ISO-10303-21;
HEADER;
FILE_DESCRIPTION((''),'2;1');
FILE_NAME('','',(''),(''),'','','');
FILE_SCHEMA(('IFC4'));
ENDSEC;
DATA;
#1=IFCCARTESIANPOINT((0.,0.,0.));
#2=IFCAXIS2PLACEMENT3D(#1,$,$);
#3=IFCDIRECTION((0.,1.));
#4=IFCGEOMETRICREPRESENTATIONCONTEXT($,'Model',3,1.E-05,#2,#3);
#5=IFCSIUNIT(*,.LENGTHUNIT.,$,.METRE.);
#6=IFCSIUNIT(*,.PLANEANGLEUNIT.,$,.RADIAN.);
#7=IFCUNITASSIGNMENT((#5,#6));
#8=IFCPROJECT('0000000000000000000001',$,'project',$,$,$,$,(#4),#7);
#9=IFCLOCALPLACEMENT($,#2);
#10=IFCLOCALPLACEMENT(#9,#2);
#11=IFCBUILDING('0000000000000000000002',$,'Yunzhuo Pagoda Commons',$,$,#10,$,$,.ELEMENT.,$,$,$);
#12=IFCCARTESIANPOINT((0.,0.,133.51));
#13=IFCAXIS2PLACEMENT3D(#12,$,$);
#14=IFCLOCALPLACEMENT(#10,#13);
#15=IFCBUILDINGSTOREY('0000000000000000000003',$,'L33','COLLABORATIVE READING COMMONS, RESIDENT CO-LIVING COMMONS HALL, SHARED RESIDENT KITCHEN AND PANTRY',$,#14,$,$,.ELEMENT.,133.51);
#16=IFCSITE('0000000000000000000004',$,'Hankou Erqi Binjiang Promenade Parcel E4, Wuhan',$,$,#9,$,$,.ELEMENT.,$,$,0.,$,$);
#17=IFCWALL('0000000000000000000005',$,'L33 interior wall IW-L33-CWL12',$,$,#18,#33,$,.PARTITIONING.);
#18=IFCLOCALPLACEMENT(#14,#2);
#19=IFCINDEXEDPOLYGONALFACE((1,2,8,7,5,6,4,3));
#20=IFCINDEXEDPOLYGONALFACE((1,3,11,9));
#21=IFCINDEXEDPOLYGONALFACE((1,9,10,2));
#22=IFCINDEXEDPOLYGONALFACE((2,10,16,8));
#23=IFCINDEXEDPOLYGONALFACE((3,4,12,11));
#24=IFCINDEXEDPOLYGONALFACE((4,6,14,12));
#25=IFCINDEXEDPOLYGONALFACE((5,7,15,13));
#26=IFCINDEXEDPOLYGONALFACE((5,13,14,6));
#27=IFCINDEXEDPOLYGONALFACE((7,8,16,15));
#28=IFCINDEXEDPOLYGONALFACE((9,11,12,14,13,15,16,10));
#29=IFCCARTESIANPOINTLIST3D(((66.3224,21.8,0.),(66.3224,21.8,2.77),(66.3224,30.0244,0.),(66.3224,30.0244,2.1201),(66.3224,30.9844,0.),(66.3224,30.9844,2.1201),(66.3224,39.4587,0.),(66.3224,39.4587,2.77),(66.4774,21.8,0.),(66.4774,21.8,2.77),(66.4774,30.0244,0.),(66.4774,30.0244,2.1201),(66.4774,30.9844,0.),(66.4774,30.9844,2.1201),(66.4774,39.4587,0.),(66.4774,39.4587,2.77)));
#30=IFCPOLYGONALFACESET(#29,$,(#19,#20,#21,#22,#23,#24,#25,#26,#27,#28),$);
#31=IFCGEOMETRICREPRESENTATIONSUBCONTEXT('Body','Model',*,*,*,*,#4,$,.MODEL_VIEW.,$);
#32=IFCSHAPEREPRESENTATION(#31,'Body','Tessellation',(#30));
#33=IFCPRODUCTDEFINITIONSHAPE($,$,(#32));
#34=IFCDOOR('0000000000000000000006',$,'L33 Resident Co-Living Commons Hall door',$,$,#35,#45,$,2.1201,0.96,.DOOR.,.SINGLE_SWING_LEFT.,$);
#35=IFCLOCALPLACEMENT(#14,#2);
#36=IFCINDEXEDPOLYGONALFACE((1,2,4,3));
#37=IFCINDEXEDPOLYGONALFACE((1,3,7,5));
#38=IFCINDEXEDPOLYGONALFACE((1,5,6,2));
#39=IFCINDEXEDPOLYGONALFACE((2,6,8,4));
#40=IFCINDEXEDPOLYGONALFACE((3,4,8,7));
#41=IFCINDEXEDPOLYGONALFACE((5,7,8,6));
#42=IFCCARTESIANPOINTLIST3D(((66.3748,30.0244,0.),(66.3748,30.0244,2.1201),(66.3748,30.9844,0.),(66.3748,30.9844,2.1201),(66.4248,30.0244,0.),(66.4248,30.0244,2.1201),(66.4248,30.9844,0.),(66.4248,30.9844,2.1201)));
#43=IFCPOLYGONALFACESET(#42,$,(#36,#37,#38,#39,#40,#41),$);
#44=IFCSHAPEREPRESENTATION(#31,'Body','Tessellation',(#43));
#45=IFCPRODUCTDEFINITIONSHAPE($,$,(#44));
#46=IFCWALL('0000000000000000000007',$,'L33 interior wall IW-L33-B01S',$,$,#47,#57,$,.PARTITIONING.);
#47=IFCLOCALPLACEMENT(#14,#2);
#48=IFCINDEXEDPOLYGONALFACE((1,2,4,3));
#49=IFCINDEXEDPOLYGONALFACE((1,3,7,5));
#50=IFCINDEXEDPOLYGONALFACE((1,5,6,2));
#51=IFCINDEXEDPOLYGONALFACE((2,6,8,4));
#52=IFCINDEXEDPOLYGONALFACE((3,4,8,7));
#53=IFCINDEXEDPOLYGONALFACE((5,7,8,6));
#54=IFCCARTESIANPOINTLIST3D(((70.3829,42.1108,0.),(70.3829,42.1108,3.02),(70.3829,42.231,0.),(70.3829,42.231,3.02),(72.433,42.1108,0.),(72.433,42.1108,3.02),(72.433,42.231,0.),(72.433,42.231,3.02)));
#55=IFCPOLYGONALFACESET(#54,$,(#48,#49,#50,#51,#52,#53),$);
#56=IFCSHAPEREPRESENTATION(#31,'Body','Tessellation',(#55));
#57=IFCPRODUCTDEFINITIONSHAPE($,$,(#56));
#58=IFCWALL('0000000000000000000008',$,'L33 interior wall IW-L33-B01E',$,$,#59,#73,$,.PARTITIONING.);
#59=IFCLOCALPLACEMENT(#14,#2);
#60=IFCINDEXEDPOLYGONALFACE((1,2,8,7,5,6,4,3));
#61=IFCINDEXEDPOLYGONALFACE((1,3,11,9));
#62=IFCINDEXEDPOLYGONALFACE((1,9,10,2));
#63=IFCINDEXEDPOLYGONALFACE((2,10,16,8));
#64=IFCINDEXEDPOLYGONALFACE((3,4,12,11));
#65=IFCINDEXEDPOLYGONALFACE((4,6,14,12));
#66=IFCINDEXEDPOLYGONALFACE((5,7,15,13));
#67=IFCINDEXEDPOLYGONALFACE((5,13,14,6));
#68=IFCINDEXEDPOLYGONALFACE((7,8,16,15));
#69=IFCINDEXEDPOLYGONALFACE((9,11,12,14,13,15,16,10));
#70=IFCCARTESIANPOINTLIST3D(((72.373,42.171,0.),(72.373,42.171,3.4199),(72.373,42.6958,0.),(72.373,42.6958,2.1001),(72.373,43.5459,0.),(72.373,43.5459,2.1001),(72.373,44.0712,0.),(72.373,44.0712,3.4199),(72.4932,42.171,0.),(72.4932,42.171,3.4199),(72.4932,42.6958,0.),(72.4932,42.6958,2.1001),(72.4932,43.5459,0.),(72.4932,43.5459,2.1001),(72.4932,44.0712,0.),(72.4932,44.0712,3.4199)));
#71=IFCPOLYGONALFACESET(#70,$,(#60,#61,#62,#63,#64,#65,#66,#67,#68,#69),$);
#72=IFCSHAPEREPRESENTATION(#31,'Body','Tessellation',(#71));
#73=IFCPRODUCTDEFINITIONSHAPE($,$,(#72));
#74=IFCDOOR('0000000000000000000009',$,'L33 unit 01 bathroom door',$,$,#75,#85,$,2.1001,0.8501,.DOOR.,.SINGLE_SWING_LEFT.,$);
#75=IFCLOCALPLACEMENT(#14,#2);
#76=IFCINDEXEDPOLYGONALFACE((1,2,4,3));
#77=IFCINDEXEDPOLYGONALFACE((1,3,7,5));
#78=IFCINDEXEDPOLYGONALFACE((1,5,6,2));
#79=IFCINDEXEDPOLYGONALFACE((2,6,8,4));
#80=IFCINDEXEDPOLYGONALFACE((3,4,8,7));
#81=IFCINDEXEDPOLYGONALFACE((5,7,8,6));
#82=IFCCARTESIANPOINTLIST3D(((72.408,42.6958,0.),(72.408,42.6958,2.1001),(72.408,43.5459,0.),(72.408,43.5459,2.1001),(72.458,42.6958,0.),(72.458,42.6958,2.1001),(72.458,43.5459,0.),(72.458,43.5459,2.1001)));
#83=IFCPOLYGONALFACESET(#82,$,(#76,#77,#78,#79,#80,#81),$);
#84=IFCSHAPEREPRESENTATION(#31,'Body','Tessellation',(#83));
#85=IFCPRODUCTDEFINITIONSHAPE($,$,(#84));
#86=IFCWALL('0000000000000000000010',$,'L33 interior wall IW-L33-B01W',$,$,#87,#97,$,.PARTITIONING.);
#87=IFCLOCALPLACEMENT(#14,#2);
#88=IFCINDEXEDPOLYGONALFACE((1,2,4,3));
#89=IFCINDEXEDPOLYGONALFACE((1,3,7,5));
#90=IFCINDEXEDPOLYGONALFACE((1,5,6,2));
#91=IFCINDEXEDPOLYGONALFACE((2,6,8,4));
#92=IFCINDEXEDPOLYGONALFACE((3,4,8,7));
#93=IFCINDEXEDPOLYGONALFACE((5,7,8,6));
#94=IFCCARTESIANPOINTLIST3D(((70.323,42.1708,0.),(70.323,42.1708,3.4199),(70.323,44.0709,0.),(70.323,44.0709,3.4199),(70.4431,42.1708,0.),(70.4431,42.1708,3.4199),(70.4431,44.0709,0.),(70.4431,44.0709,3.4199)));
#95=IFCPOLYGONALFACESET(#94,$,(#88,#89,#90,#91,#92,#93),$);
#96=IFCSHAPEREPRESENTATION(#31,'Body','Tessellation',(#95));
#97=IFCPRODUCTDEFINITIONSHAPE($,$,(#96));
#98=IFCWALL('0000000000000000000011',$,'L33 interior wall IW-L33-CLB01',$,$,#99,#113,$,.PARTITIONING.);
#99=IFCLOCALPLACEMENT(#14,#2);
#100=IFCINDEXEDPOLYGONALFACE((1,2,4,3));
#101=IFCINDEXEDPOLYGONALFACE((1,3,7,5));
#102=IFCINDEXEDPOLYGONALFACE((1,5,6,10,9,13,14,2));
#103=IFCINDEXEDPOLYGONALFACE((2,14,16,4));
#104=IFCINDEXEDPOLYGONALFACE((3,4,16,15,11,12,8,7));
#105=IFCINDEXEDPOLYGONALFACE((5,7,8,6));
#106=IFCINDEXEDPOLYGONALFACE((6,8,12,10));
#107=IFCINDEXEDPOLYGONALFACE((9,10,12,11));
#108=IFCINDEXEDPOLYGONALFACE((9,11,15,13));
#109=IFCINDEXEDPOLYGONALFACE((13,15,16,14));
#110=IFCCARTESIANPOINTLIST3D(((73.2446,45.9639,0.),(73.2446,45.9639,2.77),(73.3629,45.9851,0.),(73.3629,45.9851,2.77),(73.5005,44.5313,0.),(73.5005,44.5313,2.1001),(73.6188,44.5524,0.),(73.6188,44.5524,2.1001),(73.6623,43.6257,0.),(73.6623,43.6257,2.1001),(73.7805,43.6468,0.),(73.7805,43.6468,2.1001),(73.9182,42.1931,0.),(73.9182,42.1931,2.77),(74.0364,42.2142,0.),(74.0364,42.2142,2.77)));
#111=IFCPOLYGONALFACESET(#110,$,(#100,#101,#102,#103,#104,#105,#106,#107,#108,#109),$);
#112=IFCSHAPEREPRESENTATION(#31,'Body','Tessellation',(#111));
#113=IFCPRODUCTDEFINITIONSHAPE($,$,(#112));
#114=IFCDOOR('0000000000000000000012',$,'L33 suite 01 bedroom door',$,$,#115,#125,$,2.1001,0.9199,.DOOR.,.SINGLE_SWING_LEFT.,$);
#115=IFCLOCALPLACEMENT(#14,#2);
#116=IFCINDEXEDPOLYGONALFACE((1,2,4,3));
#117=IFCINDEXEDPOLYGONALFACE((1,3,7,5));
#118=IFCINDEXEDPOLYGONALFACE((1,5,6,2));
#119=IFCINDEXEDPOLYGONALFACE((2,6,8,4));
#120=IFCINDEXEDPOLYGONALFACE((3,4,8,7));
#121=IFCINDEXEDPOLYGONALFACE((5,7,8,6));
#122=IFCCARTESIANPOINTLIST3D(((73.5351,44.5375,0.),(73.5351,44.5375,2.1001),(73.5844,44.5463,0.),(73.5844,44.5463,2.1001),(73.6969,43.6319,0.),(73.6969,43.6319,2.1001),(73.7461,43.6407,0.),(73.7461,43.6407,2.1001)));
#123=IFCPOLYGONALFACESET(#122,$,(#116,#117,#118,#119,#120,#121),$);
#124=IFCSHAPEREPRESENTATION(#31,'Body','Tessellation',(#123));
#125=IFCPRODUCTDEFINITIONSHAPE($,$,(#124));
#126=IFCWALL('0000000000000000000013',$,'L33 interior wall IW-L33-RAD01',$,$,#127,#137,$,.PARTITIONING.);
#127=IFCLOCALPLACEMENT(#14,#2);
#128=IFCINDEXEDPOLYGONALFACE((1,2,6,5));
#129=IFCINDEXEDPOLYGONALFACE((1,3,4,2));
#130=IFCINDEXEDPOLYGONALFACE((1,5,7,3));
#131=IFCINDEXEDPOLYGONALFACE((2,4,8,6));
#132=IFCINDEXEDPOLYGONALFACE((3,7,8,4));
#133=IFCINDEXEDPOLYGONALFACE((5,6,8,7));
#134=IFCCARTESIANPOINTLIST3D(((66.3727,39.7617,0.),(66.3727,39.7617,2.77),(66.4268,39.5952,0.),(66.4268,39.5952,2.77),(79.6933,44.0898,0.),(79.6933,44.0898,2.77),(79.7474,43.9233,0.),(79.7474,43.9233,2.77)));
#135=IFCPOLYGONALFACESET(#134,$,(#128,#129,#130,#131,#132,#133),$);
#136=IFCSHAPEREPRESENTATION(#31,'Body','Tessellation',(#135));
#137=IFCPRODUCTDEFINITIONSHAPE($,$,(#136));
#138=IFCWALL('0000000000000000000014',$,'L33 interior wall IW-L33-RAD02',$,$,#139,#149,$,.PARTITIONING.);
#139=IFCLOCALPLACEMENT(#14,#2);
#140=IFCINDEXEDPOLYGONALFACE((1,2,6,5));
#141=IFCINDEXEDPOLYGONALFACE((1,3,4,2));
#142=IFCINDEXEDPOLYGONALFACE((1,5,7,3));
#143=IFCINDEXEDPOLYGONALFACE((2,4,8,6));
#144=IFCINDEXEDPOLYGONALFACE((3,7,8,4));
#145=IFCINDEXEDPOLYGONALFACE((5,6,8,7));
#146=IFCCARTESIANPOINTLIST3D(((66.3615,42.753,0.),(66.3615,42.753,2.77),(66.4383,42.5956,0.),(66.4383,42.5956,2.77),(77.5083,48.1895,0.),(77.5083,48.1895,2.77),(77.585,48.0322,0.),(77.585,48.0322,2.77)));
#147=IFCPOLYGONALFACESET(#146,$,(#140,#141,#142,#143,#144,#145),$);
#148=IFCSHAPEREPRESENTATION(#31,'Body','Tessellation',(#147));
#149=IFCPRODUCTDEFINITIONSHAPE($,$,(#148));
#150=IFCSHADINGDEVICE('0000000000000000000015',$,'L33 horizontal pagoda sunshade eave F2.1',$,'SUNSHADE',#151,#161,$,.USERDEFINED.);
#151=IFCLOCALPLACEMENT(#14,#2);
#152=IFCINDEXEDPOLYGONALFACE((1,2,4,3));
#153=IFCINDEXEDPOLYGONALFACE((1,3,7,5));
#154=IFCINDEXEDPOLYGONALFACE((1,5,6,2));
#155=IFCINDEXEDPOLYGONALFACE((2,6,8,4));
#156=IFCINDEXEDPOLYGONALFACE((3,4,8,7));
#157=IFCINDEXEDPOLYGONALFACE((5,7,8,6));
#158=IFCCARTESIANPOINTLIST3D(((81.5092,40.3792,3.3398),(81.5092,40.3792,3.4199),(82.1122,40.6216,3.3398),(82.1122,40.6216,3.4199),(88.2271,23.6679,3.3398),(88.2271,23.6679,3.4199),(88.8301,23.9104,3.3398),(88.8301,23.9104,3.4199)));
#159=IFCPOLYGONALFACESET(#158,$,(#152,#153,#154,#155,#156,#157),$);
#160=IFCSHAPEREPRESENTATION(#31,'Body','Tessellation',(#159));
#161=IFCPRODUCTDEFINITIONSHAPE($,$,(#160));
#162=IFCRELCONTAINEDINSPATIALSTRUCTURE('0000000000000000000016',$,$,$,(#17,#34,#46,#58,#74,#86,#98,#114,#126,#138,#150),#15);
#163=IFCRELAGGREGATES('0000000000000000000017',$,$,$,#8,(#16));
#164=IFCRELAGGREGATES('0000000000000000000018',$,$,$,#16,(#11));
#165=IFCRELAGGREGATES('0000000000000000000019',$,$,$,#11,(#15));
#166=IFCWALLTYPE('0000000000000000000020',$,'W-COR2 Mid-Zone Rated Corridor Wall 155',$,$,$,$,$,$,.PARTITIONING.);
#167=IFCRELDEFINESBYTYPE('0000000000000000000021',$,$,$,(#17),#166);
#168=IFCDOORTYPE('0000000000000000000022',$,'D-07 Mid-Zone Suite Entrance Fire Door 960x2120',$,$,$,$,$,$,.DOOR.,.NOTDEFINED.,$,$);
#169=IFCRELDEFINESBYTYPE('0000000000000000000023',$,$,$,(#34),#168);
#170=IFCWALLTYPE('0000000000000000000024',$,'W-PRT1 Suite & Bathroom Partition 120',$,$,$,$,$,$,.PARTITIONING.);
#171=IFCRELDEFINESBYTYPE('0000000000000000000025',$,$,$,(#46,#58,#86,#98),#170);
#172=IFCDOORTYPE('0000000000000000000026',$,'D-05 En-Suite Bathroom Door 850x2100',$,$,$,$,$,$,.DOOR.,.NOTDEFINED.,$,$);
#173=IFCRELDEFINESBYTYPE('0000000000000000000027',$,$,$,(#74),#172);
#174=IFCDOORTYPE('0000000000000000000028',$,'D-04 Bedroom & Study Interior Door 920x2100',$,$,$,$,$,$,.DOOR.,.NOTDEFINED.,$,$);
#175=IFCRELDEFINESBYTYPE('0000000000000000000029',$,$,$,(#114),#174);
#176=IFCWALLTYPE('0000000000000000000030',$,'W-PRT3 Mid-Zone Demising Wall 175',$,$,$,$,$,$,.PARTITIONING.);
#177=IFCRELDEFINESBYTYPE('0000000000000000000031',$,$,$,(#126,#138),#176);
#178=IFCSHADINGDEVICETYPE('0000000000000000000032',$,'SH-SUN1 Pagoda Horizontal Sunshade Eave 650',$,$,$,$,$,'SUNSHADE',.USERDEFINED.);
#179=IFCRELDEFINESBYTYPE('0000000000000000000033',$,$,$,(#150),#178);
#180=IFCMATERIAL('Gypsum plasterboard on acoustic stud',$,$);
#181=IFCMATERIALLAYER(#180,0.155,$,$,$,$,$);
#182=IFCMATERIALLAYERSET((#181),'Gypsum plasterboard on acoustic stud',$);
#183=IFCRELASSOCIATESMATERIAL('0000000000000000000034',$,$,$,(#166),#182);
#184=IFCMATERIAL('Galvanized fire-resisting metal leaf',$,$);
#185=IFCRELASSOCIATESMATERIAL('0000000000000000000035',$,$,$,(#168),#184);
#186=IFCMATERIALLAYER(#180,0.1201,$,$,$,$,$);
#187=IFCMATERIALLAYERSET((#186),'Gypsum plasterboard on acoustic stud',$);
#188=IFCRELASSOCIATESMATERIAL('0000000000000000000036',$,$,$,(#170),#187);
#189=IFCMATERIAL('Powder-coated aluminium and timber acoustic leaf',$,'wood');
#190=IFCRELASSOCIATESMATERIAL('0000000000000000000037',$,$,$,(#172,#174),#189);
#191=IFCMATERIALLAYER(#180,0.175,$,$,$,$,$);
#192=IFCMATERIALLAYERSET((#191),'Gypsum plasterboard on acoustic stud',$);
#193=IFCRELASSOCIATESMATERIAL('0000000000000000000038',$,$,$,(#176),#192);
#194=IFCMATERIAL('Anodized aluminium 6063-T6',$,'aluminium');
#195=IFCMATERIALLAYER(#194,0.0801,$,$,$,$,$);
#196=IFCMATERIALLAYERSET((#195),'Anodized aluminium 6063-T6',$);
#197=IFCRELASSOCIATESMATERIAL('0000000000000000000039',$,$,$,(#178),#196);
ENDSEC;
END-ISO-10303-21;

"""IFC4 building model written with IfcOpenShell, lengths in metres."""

from ifc_helpers import new_model, si_unit, direction, frame, frame_2d, origin, origin_with_axes, origin_2d, place, context, subcontext, project, spatial, rectangle, extrude, source, transform, mapped, material, layer, layer_set, type_object, element, fill, save


model = new_model("IFC4")

# Units and contexts
model_context = context("Model", 3, precision=1e-05, world=origin(), true_north=direction((0.0, 1.0)))
body_context = subcontext(model_context, "Body", "Model", "MODEL_VIEW")
ifc_project = project(units=[si_unit("LENGTHUNIT", "METRE"), si_unit("PLANEANGLEUNIT", "RADIAN")], contexts=[model_context])

# Site, building, storey
site_placement = place(None, origin())
site = spatial("IfcSite", under=ifc_project, at=site_placement, Name="Hankou Erqi Binjiang Promenade Parcel E4, Wuhan", CompositionType="ELEMENT", RefElevation=0.0)
building_placement = place(site_placement, origin())
building = spatial("IfcBuilding", under=site, at=building_placement, Name="Yunzhuo Pagoda Commons", CompositionType="ELEMENT")
storey_placement = place(building_placement, frame((0.0, 0.0, 133.51)))
storey = spatial("IfcBuildingStorey", under=building, at=storey_placement, Name="L33", Description="COLLABORATIVE READING COMMONS, RESIDENT CO-LIVING COMMONS HALL, SHARED RESIDENT KITCHEN AND PANTRY", CompositionType="ELEMENT", Elevation=133.51)

# Shared definitions
ifc_material_1 = material(Name="Anodized aluminium 6063-T6", Category="aluminium")

# Shared definitions
ifc_material_2 = material(Name="Gypsum plasterboard on acoustic stud")
ifc_layer_1 = layer(ifc_material_2, 0.155)
ifc_layer_set_1 = layer_set([ifc_layer_1], Name="Gypsum plasterboard on acoustic stud")
wall_type_1 = type_object("IfcWallType", Name="W-COR2 Mid-Zone Rated Corridor Wall 155", PredefinedType="PARTITIONING", material=ifc_layer_set_1)

# Wall, opening, door
ifc_material_3 = material(Name="Galvanized fire-resisting metal leaf")
door_type_1 = type_object("IfcDoorType", Name="D-07 Mid-Zone Suite Entrance Fire Door 960x2120", OperationType="NOTDEFINED", PredefinedType="DOOR", material=ifc_material_3)
shared_shape_1 = source(origin(), body_context, "Body", "SweptSolid", [
    extrude(rectangle(XDim=0.96, YDim=2.1201, at=frame_2d((0.48, 1.0601))), frame((0.0, 0.0249, 0.0), z_axis=(0.0, -1.0, 0.0), x_axis=(1.0, 0.0, 0.0)), (0.0, 0.0, 1.0), 0.05),
])
wall_1_placement = place(storey_placement, frame((66.3999, 39.4587, 0.0), z_axis=(0.0, 0.0, 1.0), x_axis=(0.0, -1.0, 0.0)))
wall_1 = element("IfcWall", 1, at=wall_1_placement, inside=storey, type_object=wall_type_1, Name="L33 interior wall IW-L33-CWL12", PredefinedType="PARTITIONING", context=body_context, shape_type="SweptSolid", body=[
    extrude(rectangle(XDim=17.6587, YDim=0.155, at=frame_2d((8.8293, 0.0))), origin(), (0.0, 0.0, 1.0), 2.77),
])
opening_1_placement = place(wall_1_placement, frame((8.4744, 0.0, 0.0)))
opening_1 = element("IfcOpeningElement", 2, at=opening_1_placement, cuts=wall_1, PredefinedType="OPENING", context=body_context, shape_type="SweptSolid", body=[
    extrude(rectangle(XDim=0.96, YDim=2.1201, at=frame_2d((0.48, 1.0601))), frame((0.0, 0.0874, 0.0), z_axis=(0.0, -1.0, 0.0), x_axis=(1.0, 0.0, 0.0)), (0.0, 0.0, 1.0), 0.175),
])
door_1_placement = place(opening_1_placement, origin_with_axes())
door_1 = element("IfcDoor", 3, at=door_1_placement, inside=storey, type_object=door_type_1, Name="L33 Resident Co-Living Commons Hall door", OperationType="SINGLE_SWING_LEFT", OverallHeight=2.1201, OverallWidth=0.96, PredefinedType="DOOR", context=body_context, shape_type="MappedRepresentation", body=[
    mapped(shared_shape_1, transform((0.0, 0.0, 0.0), scale=1.0)),
])
fill(opening_1, door_1)

# Wall
ifc_layer_2 = layer(ifc_material_2, 0.1201)
ifc_layer_set_2 = layer_set([ifc_layer_2], Name="Gypsum plasterboard on acoustic stud")
wall_type_2 = type_object("IfcWallType", Name="W-PRT1 Suite & Bathroom Partition 120", PredefinedType="PARTITIONING", material=ifc_layer_set_2)
wall_2_placement = place(storey_placement, frame((70.3831, 42.1709, 0.0), z_axis=(0.0, 0.0, 1.0), x_axis=(1.0, 0.0, 0.0)))
element("IfcWall", 4, at=wall_2_placement, inside=storey, type_object=wall_type_2, Name="L33 interior wall IW-L33-B01S", PredefinedType="PARTITIONING", context=body_context, shape_type="SweptSolid", body=[
    extrude(rectangle(XDim=2.05, YDim=0.1201, at=frame_2d((1.0249, 0.0))), origin(), (0.0, 0.0, 1.0), 3.02),
])

# Wall, opening, door
wall_3_placement = place(storey_placement, frame((72.4331, 42.1709, 0.0), z_axis=(0.0, 0.0, 1.0), x_axis=(0.0, 1.0, 0.0)))
wall_3 = element("IfcWall", 5, at=wall_3_placement, inside=storey, type_object=wall_type_2, Name="L33 interior wall IW-L33-B01E", PredefinedType="PARTITIONING", context=body_context, shape_type="SweptSolid", body=[
    extrude(rectangle(XDim=1.9001, YDim=0.1201, at=frame_2d((0.9502, 0.0))), origin(), (0.0, 0.0, 1.0), 3.4199),
])
opening_2_placement = place(wall_3_placement, frame((0.5249, 0.0, 0.0)))
opening_2 = element("IfcOpeningElement", 6, at=opening_2_placement, cuts=wall_3, PredefinedType="OPENING", context=body_context, shape_type="SweptSolid", body=[
    extrude(rectangle(XDim=0.8501, YDim=2.1001, at=frame_2d((0.425, 1.05))), frame((0.0, 0.0701, 0.0), z_axis=(0.0, -1.0, 0.0), x_axis=(1.0, 0.0, 0.0)), (0.0, 0.0, 1.0), 0.1401),
])
ifc_material_4 = material(Name="Powder-coated aluminium and timber acoustic leaf", Category="wood")
door_type_2 = type_object("IfcDoorType", Name="D-05 En-Suite Bathroom Door 850x2100", OperationType="NOTDEFINED", PredefinedType="DOOR", material=ifc_material_4)
shared_shape_2 = source(origin(), body_context, "Body", "SweptSolid", [
    extrude(rectangle(XDim=0.8501, YDim=2.1001, at=frame_2d((0.425, 1.05))), frame((0.0, 0.0249, 0.0), z_axis=(0.0, -1.0, 0.0), x_axis=(1.0, 0.0, 0.0)), (0.0, 0.0, 1.0), 0.05),
])
door_2_placement = place(opening_2_placement, frame((0.8501, 0.0, 0.0), z_axis=(0.0, 0.0, 1.0), x_axis=(-1.0, 0.0, 0.0)))
door_2 = element("IfcDoor", 7, at=door_2_placement, inside=storey, type_object=door_type_2, Name="L33 unit 01 bathroom door", OperationType="SINGLE_SWING_LEFT", OverallHeight=2.1001, OverallWidth=0.8501, PredefinedType="DOOR", context=body_context, shape_type="MappedRepresentation", body=[
    mapped(shared_shape_2, transform((0.0, 0.0, 0.0), scale=1.0)),
])
fill(opening_2, door_2)

# Wall
wall_4_placement = place(storey_placement, frame((70.3831, 44.071, 0.0), z_axis=(0.0, 0.0, 1.0), x_axis=(0.0, -1.0, 0.0)))
element("IfcWall", 8, at=wall_4_placement, inside=storey, type_object=wall_type_2, Name="L33 interior wall IW-L33-B01W", PredefinedType="PARTITIONING", context=body_context, shape_type="SweptSolid", body=[
    extrude(rectangle(XDim=1.9001, YDim=0.1201, at=frame_2d((0.9502, 0.0))), origin(), (0.0, 0.0, 1.0), 3.4199),
])

# Wall, opening, door
wall_5_placement = place(storey_placement, frame((73.9773, 42.2036, 0.0), z_axis=(0.0, 0.0, 1.0), x_axis=(-0.175839, 0.984419, 0.0)))
wall_5 = element("IfcWall", 9, at=wall_5_placement, inside=storey, type_object=wall_type_2, Name="L33 interior wall IW-L33-CLB01", PredefinedType="PARTITIONING", context=body_context, shape_type="SweptSolid", body=[
    extrude(rectangle(XDim=3.8306, YDim=0.1201, at=frame_2d((1.9153, 0.0))), origin(), (0.0, 0.0, 1.0), 2.77),
])
opening_3_placement = place(wall_5_placement, frame((1.4553, 0.0, 0.0)))
opening_3 = element("IfcOpeningElement", 10, at=opening_3_placement, cuts=wall_5, PredefinedType="OPENING", context=body_context, shape_type="SweptSolid", body=[
    extrude(rectangle(XDim=0.9199, YDim=2.1001, at=frame_2d((0.46, 1.05))), frame((0.0, 0.0701, 0.0), z_axis=(0.0, -1.0, 0.0), x_axis=(1.0, 0.0, 0.0)), (0.0, 0.0, 1.0), 0.1401),
])
door_type_3 = type_object("IfcDoorType", Name="D-04 Bedroom & Study Interior Door 920x2100", OperationType="NOTDEFINED", PredefinedType="DOOR", material=ifc_material_4)
shared_shape_3 = source(origin(), body_context, "Body", "SweptSolid", [
    extrude(rectangle(XDim=0.9199, YDim=2.1001, at=frame_2d((0.46, 1.05))), frame((0.0, 0.0249, 0.0), z_axis=(0.0, -1.0, 0.0), x_axis=(1.0, 0.0, 0.0)), (0.0, 0.0, 1.0), 0.05),
])
door_3_placement = place(opening_3_placement, origin_with_axes())
door_3 = element("IfcDoor", 11, at=door_3_placement, inside=storey, type_object=door_type_3, Name="L33 suite 01 bedroom door", OperationType="SINGLE_SWING_LEFT", OverallHeight=2.1001, OverallWidth=0.9199, PredefinedType="DOOR", context=body_context, shape_type="MappedRepresentation", body=[
    mapped(shared_shape_3, transform((0.0, 0.0, 0.0), scale=1.0)),
])
fill(opening_3, door_3)

# Walls
ifc_layer_3 = layer(ifc_material_2, 0.175)
ifc_layer_set_3 = layer_set([ifc_layer_3], Name="Gypsum plasterboard on acoustic stud")
wall_type_3 = type_object("IfcWallType", Name="W-PRT3 Mid-Zone Demising Wall 175", PredefinedType="PARTITIONING", material=ifc_layer_set_3)
wall_6_placement = place(storey_placement, frame((66.3999, 39.6785, 0.0), z_axis=(0.0, 0.0, 1.0), x_axis=(0.951056, 0.309018, 0.0)))
element("IfcWall", 12, at=wall_6_placement, inside=storey, type_object=wall_type_3, Name="L33 interior wall IW-L33-RAD01", PredefinedType="PARTITIONING", context=body_context, shape_type="SweptSolid", body=[
    extrude(rectangle(XDim=14.0061, YDim=0.175, at=frame_2d((7.0029, 0.0))), origin(), (0.0, 0.0, 1.0), 2.77),
])
wall_7_placement = place(storey_placement, frame((66.3999, 42.6743, 0.0), z_axis=(0.0, 0.0, 1.0), x_axis=(0.898797, 0.438365, 0.0)))
element("IfcWall", 13, at=wall_7_placement, inside=storey, type_object=wall_type_3, Name="L33 interior wall IW-L33-RAD02", PredefinedType="PARTITIONING", context=body_context, shape_type="SweptSolid", body=[
    extrude(rectangle(XDim=12.4019, YDim=0.175, at=frame_2d((6.2009, 0.0))), origin(), (0.0, 0.0, 1.0), 2.77),
])

# Shading device
ifc_layer_4 = layer(ifc_material_1, 0.0801)
ifc_layer_set_4 = layer_set([ifc_layer_4], Name="Anodized aluminium 6063-T6")
shading_device_type = type_object("IfcShadingDeviceType", Name="SH-SUN1 Pagoda Horizontal Sunshade Eave 650", ElementType="SUNSHADE", PredefinedType="USERDEFINED", material=ifc_layer_set_4)
shared_shape_4 = source(origin(), body_context, "Body", "SweptSolid", [
    extrude(rectangle(XDim=18.011, YDim=0.6499, at=origin_2d()), origin(), (0.0, 0.0, 1.0), 0.0801),
])
shading_device_placement = place(storey_placement, frame((85.1697, 32.1448, 3.3398), z_axis=(0.0, 0.0, 1.0), x_axis=(-0.372988, 0.927836, 0.0)))
element("IfcShadingDevice", 14, at=shading_device_placement, inside=storey, type_object=shading_device_type, Name="L33 horizontal pagoda sunshade eave F2.1", ObjectType="SUNSHADE", PredefinedType="USERDEFINED", context=body_context, shape_type="MappedRepresentation", body=[
    mapped(shared_shape_4, transform((0.0, 0.0, 0.0), scale=1.0)),
])

save(model, "model.ifc")
